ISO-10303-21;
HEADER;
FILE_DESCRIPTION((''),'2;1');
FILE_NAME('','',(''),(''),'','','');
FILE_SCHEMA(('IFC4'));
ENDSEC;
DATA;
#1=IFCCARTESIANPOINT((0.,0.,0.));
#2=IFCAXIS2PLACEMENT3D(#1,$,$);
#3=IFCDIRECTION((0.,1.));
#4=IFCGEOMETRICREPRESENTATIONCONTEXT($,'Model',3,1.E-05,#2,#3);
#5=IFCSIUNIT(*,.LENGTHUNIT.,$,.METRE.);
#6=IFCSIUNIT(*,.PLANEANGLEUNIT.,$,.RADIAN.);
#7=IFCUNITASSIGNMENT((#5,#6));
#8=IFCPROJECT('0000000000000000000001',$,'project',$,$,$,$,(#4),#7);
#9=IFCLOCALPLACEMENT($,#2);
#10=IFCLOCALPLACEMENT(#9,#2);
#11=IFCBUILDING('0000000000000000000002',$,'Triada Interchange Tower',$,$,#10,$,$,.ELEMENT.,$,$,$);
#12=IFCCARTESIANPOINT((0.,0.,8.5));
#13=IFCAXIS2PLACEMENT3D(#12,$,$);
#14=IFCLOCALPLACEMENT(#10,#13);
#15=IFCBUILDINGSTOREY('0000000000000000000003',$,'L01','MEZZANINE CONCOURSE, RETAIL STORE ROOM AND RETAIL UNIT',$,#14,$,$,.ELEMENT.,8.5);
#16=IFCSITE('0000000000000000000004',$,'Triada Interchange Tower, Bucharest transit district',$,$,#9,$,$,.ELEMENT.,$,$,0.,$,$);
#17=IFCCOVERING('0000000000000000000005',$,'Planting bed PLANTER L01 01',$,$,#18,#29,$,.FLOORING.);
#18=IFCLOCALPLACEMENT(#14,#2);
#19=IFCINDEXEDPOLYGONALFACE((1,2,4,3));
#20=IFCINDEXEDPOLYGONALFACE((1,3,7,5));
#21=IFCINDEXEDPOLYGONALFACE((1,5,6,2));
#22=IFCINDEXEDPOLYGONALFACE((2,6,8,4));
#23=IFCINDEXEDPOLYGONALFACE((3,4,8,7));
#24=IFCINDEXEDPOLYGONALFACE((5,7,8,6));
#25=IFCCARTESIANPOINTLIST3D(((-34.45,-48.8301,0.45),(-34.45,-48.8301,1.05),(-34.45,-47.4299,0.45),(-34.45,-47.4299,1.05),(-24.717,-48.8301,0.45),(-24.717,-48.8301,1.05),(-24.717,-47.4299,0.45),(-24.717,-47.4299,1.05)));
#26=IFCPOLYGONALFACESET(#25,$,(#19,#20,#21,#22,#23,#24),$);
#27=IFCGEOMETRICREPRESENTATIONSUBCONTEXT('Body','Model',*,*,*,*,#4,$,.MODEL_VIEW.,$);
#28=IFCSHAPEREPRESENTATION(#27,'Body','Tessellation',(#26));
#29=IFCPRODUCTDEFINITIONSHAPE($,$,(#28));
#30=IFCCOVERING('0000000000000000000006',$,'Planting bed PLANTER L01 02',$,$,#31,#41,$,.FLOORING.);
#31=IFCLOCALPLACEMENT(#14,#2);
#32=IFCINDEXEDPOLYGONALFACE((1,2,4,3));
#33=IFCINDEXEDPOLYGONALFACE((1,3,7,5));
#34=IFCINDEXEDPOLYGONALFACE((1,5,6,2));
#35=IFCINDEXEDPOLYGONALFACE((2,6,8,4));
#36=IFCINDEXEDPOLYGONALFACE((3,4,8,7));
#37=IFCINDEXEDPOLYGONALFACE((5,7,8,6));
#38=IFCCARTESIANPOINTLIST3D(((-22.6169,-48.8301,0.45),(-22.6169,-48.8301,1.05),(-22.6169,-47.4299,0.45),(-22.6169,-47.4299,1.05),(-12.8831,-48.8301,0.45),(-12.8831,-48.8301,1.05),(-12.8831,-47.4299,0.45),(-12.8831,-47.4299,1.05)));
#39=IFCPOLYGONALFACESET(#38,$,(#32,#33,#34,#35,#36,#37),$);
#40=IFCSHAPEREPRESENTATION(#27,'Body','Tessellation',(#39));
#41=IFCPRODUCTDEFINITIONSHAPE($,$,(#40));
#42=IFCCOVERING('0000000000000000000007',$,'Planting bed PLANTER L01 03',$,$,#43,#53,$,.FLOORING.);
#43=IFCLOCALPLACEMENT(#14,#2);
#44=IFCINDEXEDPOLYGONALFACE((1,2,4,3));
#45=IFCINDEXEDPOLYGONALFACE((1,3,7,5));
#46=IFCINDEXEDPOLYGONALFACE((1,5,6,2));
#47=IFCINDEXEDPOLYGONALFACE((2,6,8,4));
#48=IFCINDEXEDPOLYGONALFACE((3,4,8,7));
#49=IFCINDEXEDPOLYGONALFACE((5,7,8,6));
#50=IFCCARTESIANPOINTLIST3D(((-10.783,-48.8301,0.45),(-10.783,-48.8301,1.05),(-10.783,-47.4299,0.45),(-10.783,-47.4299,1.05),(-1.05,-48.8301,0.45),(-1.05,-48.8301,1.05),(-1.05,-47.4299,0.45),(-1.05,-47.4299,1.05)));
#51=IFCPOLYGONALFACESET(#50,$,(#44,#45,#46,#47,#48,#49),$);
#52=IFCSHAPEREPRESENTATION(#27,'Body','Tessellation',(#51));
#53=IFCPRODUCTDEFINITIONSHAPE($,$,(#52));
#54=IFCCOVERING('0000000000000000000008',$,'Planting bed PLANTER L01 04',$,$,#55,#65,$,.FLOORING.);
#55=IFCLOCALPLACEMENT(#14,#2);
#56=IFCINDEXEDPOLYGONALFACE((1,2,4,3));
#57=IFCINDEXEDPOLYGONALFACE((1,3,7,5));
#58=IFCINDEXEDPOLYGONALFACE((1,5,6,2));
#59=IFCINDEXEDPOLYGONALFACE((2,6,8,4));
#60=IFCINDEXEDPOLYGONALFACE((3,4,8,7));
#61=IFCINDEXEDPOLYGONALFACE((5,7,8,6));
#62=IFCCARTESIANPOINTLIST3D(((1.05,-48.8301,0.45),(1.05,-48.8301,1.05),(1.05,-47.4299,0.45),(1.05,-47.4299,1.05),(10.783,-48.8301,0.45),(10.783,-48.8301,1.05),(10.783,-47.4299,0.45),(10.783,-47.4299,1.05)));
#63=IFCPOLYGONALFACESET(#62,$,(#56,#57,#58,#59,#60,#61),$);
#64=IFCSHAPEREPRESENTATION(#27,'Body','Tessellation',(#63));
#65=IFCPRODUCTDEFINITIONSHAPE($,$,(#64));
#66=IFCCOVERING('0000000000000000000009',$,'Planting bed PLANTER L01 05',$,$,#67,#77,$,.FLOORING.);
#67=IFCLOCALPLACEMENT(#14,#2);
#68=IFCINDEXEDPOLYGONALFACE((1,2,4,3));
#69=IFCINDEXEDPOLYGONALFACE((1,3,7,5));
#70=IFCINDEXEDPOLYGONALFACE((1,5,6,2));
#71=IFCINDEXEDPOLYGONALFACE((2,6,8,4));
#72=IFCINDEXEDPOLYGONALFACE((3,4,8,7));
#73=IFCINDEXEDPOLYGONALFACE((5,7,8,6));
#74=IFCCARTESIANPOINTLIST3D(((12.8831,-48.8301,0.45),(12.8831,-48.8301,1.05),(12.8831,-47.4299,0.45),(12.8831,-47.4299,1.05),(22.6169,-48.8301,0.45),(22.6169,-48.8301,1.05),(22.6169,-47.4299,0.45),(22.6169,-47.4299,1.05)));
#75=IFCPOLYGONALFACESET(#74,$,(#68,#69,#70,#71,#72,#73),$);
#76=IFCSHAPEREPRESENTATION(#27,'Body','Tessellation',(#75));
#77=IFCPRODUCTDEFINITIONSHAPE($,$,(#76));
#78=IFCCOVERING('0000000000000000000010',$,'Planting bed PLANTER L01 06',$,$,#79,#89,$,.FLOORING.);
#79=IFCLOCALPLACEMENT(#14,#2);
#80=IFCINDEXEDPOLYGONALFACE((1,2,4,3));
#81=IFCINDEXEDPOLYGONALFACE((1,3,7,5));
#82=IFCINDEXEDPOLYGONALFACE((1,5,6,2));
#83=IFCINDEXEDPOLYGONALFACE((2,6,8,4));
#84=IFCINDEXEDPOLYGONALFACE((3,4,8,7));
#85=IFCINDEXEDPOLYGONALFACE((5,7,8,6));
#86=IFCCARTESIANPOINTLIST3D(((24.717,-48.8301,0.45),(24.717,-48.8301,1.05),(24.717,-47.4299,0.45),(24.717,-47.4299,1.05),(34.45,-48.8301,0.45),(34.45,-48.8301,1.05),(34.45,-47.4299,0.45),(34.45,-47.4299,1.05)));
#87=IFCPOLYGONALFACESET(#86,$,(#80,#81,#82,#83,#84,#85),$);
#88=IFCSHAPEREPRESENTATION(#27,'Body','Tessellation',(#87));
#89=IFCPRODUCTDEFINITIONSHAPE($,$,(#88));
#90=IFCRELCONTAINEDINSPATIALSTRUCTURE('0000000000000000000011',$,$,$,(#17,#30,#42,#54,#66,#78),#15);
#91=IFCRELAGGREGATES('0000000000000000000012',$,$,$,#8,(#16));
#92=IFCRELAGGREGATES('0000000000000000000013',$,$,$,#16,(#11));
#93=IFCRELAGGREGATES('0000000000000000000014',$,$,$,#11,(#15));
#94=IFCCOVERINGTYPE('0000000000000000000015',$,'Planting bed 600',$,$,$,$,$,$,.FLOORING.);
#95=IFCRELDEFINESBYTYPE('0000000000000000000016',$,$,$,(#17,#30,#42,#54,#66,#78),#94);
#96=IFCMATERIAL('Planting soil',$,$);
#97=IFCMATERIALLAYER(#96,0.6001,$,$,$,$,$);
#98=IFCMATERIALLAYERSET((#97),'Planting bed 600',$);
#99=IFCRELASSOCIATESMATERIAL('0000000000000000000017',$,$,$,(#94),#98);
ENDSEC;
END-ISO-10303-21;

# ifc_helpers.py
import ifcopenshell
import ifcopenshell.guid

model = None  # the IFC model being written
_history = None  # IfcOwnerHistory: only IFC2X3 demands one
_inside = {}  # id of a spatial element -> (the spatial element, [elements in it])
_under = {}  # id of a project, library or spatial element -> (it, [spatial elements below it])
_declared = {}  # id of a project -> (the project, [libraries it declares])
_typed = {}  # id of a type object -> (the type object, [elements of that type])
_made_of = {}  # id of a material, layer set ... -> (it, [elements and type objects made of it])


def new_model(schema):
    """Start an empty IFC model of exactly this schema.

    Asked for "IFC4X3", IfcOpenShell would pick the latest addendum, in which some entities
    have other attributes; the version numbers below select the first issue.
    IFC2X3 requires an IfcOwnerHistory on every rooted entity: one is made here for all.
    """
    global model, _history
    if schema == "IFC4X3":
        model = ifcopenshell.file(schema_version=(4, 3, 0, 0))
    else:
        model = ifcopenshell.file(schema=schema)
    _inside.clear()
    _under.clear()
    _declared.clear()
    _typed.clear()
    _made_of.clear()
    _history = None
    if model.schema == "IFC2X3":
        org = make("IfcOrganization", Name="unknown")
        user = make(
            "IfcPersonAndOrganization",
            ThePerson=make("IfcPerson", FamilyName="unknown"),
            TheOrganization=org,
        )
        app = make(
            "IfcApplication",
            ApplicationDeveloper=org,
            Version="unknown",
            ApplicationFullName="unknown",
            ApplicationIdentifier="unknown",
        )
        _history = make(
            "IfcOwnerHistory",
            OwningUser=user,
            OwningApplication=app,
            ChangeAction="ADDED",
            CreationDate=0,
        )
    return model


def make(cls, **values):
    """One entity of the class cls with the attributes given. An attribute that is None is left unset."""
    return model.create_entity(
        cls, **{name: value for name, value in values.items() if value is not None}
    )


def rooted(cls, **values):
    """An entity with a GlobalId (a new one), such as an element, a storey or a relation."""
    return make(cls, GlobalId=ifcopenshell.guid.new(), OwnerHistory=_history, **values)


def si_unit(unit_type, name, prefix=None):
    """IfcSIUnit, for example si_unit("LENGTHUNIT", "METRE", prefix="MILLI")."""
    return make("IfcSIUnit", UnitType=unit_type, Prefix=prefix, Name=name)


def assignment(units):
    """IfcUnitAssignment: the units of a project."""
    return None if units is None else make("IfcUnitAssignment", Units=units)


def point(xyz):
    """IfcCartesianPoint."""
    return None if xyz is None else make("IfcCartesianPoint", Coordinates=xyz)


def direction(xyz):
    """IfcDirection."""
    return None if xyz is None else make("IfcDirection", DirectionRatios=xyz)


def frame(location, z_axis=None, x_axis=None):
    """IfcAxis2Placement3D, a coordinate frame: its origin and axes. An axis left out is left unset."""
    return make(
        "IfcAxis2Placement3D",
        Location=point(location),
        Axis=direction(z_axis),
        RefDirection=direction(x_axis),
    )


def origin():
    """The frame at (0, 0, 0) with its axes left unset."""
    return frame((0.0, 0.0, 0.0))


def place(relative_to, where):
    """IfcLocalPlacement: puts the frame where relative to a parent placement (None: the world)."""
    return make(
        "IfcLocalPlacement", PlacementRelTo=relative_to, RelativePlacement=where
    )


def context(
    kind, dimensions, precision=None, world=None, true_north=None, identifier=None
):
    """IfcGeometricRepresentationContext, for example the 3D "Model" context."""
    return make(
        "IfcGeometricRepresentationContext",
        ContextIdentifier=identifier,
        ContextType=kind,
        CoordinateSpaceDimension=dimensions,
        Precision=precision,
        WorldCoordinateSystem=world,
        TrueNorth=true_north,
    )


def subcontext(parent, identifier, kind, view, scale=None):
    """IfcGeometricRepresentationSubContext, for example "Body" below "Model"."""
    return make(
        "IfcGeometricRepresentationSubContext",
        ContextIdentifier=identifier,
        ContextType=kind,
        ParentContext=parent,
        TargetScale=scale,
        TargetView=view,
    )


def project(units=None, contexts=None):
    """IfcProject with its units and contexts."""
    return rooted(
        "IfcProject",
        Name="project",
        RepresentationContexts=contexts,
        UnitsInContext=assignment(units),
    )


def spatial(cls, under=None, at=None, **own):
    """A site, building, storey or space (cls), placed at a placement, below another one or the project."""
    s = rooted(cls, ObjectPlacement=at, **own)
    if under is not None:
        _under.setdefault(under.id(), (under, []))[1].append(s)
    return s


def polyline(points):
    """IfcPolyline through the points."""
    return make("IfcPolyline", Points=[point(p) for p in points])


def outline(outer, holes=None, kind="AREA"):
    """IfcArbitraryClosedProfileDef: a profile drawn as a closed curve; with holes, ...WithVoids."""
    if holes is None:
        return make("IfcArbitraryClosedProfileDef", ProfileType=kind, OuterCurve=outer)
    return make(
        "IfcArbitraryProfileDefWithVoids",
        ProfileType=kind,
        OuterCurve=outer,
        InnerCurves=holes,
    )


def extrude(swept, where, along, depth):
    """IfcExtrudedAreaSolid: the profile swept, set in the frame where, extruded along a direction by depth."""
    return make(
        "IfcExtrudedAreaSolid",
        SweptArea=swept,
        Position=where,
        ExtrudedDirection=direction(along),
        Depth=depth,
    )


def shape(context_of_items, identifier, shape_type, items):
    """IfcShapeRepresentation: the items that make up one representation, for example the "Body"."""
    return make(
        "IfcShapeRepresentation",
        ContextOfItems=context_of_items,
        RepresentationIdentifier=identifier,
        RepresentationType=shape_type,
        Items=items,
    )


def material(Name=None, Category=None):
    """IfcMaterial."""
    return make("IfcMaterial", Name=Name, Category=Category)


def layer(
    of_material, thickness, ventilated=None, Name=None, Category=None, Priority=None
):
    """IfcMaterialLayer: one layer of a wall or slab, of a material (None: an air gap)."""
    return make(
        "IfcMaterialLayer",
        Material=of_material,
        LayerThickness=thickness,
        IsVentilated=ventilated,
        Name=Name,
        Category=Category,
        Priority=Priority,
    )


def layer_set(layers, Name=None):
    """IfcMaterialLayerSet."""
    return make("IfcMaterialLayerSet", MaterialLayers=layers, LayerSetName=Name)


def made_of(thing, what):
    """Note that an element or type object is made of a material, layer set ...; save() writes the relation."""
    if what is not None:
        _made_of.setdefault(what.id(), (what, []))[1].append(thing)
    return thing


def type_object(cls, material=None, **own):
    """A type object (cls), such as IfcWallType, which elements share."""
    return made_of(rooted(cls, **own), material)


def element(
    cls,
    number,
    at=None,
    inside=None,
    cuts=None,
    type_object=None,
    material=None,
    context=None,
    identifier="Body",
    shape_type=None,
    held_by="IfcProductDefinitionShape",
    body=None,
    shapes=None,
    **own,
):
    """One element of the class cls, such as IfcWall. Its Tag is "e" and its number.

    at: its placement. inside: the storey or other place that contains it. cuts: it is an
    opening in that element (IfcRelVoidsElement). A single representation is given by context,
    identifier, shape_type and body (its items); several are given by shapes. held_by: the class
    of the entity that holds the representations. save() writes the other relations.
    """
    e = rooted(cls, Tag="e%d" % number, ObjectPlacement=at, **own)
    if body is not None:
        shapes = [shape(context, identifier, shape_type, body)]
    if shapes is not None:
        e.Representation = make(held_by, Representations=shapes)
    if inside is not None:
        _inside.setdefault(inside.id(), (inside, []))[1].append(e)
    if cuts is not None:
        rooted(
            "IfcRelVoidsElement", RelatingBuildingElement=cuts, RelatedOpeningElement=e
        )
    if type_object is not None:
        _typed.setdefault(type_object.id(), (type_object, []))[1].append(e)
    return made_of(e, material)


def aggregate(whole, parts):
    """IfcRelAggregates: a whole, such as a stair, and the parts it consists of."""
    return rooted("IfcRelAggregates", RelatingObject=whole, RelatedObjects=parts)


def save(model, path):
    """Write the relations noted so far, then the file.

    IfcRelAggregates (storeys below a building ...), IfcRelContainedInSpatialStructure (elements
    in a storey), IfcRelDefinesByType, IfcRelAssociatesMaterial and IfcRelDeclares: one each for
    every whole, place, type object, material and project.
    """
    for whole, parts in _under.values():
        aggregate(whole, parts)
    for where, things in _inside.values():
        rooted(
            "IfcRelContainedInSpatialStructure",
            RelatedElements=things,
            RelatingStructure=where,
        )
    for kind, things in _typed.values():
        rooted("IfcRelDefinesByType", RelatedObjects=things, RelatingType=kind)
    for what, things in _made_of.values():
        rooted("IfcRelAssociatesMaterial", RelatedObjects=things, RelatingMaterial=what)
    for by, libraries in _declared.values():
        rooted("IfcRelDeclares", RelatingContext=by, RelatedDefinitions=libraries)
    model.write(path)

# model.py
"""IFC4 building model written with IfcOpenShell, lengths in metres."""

from ifc_helpers import new_model, si_unit, direction, frame, origin, place, context, subcontext, project, spatial, polyline, outline, extrude, material, layer, layer_set, type_object, element, save


model = new_model("IFC4")

# Units and contexts
model_context = context("Model", 3, precision=1e-05, world=origin(), true_north=direction((0.0, 1.0)))
body_context = subcontext(model_context, "Body", "Model", "MODEL_VIEW")
ifc_project = project(units=[si_unit("LENGTHUNIT", "METRE"), si_unit("PLANEANGLEUNIT", "RADIAN")], contexts=[model_context])

# Site, building, storey
site_placement = place(None, origin())
site = spatial("IfcSite", under=ifc_project, at=site_placement, Name="Triada Interchange Tower, Bucharest transit district", CompositionType="ELEMENT", RefElevation=0.0)
building_placement = place(site_placement, origin())
building = spatial("IfcBuilding", under=site, at=building_placement, Name="Triada Interchange Tower", CompositionType="ELEMENT")
storey_placement = place(building_placement, frame((0.0, 0.0, 8.5)))
storey = spatial("IfcBuildingStorey", under=building, at=storey_placement, Name="L01", Description="MEZZANINE CONCOURSE, RETAIL STORE ROOM AND RETAIL UNIT", CompositionType="ELEMENT", Elevation=8.5)

# Coverings
ifc_material_1 = material(Name="Planting soil")
ifc_layer_1 = layer(ifc_material_1, 0.6001)
ifc_layer_set_1 = layer_set([ifc_layer_1], Name="Planting bed 600")
covering_type = type_object("IfcCoveringType", Name="Planting bed 600", PredefinedType="FLOORING", material=ifc_layer_set_1)
covering_1_placement = place(storey_placement, frame((0.0, 0.0, 0.45)))
element("IfcCovering", 1, at=covering_1_placement, inside=storey, type_object=covering_type, Name="Planting bed PLANTER L01 01", PredefinedType="FLOORING", context=body_context, shape_type="SweptSolid", body=[
    extrude(outline(polyline([(-34.45, -48.8301), (-24.717, -48.8301), (-24.717, -47.4299), (-34.45, -47.4299), (-34.45, -48.8301)])), origin(), (0.0, 0.0, 1.0), 0.6001),
])
covering_2_placement = place(storey_placement, frame((0.0, 0.0, 0.45)))
element("IfcCovering", 2, at=covering_2_placement, inside=storey, type_object=covering_type, Name="Planting bed PLANTER L01 02", PredefinedType="FLOORING", context=body_context, shape_type="SweptSolid", body=[
    extrude(outline(polyline([(-22.6169, -48.8301), (-12.8831, -48.8301), (-12.8831, -47.4299), (-22.6169, -47.4299), (-22.6169, -48.8301)])), origin(), (0.0, 0.0, 1.0), 0.6001),
])
covering_3_placement = place(storey_placement, frame((0.0, 0.0, 0.45)))
element("IfcCovering", 3, at=covering_3_placement, inside=storey, type_object=covering_type, Name="Planting bed PLANTER L01 03", PredefinedType="FLOORING", context=body_context, shape_type="SweptSolid", body=[
    extrude(outline(polyline([(-10.783, -48.8301), (-1.05, -48.8301), (-1.05, -47.4299), (-10.783, -47.4299), (-10.783, -48.8301)])), origin(), (0.0, 0.0, 1.0), 0.6001),
])
covering_4_placement = place(storey_placement, frame((0.0, 0.0, 0.45)))
element("IfcCovering", 4, at=covering_4_placement, inside=storey, type_object=covering_type, Name="Planting bed PLANTER L01 04", PredefinedType="FLOORING", context=body_context, shape_type="SweptSolid", body=[
    extrude(outline(polyline([(1.05, -48.8301), (10.783, -48.8301), (10.783, -47.4299), (1.05, -47.4299), (1.05, -48.8301)])), origin(), (0.0, 0.0, 1.0), 0.6001),
])
covering_5_placement = place(storey_placement, frame((0.0, 0.0, 0.45)))
element("IfcCovering", 5, at=covering_5_placement, inside=storey, type_object=covering_type, Name="Planting bed PLANTER L01 05", PredefinedType="FLOORING", context=body_context, shape_type="SweptSolid", body=[
    extrude(outline(polyline([(12.8831, -48.8301), (22.6169, -48.8301), (22.6169, -47.4299), (12.8831, -47.4299), (12.8831, -48.8301)])), origin(), (0.0, 0.0, 1.0), 0.6001),
])
covering_6_placement = place(storey_placement, frame((0.0, 0.0, 0.45)))
element("IfcCovering", 6, at=covering_6_placement, inside=storey, type_object=covering_type, Name="Planting bed PLANTER L01 06", PredefinedType="FLOORING", context=body_context, shape_type="SweptSolid", body=[
    extrude(outline(polyline([(24.717, -48.8301), (34.45, -48.8301), (34.45, -47.4299), (24.717, -47.4299), (24.717, -48.8301)])), origin(), (0.0, 0.0, 1.0), 0.6001),
])

save(model, "model.ifc")
